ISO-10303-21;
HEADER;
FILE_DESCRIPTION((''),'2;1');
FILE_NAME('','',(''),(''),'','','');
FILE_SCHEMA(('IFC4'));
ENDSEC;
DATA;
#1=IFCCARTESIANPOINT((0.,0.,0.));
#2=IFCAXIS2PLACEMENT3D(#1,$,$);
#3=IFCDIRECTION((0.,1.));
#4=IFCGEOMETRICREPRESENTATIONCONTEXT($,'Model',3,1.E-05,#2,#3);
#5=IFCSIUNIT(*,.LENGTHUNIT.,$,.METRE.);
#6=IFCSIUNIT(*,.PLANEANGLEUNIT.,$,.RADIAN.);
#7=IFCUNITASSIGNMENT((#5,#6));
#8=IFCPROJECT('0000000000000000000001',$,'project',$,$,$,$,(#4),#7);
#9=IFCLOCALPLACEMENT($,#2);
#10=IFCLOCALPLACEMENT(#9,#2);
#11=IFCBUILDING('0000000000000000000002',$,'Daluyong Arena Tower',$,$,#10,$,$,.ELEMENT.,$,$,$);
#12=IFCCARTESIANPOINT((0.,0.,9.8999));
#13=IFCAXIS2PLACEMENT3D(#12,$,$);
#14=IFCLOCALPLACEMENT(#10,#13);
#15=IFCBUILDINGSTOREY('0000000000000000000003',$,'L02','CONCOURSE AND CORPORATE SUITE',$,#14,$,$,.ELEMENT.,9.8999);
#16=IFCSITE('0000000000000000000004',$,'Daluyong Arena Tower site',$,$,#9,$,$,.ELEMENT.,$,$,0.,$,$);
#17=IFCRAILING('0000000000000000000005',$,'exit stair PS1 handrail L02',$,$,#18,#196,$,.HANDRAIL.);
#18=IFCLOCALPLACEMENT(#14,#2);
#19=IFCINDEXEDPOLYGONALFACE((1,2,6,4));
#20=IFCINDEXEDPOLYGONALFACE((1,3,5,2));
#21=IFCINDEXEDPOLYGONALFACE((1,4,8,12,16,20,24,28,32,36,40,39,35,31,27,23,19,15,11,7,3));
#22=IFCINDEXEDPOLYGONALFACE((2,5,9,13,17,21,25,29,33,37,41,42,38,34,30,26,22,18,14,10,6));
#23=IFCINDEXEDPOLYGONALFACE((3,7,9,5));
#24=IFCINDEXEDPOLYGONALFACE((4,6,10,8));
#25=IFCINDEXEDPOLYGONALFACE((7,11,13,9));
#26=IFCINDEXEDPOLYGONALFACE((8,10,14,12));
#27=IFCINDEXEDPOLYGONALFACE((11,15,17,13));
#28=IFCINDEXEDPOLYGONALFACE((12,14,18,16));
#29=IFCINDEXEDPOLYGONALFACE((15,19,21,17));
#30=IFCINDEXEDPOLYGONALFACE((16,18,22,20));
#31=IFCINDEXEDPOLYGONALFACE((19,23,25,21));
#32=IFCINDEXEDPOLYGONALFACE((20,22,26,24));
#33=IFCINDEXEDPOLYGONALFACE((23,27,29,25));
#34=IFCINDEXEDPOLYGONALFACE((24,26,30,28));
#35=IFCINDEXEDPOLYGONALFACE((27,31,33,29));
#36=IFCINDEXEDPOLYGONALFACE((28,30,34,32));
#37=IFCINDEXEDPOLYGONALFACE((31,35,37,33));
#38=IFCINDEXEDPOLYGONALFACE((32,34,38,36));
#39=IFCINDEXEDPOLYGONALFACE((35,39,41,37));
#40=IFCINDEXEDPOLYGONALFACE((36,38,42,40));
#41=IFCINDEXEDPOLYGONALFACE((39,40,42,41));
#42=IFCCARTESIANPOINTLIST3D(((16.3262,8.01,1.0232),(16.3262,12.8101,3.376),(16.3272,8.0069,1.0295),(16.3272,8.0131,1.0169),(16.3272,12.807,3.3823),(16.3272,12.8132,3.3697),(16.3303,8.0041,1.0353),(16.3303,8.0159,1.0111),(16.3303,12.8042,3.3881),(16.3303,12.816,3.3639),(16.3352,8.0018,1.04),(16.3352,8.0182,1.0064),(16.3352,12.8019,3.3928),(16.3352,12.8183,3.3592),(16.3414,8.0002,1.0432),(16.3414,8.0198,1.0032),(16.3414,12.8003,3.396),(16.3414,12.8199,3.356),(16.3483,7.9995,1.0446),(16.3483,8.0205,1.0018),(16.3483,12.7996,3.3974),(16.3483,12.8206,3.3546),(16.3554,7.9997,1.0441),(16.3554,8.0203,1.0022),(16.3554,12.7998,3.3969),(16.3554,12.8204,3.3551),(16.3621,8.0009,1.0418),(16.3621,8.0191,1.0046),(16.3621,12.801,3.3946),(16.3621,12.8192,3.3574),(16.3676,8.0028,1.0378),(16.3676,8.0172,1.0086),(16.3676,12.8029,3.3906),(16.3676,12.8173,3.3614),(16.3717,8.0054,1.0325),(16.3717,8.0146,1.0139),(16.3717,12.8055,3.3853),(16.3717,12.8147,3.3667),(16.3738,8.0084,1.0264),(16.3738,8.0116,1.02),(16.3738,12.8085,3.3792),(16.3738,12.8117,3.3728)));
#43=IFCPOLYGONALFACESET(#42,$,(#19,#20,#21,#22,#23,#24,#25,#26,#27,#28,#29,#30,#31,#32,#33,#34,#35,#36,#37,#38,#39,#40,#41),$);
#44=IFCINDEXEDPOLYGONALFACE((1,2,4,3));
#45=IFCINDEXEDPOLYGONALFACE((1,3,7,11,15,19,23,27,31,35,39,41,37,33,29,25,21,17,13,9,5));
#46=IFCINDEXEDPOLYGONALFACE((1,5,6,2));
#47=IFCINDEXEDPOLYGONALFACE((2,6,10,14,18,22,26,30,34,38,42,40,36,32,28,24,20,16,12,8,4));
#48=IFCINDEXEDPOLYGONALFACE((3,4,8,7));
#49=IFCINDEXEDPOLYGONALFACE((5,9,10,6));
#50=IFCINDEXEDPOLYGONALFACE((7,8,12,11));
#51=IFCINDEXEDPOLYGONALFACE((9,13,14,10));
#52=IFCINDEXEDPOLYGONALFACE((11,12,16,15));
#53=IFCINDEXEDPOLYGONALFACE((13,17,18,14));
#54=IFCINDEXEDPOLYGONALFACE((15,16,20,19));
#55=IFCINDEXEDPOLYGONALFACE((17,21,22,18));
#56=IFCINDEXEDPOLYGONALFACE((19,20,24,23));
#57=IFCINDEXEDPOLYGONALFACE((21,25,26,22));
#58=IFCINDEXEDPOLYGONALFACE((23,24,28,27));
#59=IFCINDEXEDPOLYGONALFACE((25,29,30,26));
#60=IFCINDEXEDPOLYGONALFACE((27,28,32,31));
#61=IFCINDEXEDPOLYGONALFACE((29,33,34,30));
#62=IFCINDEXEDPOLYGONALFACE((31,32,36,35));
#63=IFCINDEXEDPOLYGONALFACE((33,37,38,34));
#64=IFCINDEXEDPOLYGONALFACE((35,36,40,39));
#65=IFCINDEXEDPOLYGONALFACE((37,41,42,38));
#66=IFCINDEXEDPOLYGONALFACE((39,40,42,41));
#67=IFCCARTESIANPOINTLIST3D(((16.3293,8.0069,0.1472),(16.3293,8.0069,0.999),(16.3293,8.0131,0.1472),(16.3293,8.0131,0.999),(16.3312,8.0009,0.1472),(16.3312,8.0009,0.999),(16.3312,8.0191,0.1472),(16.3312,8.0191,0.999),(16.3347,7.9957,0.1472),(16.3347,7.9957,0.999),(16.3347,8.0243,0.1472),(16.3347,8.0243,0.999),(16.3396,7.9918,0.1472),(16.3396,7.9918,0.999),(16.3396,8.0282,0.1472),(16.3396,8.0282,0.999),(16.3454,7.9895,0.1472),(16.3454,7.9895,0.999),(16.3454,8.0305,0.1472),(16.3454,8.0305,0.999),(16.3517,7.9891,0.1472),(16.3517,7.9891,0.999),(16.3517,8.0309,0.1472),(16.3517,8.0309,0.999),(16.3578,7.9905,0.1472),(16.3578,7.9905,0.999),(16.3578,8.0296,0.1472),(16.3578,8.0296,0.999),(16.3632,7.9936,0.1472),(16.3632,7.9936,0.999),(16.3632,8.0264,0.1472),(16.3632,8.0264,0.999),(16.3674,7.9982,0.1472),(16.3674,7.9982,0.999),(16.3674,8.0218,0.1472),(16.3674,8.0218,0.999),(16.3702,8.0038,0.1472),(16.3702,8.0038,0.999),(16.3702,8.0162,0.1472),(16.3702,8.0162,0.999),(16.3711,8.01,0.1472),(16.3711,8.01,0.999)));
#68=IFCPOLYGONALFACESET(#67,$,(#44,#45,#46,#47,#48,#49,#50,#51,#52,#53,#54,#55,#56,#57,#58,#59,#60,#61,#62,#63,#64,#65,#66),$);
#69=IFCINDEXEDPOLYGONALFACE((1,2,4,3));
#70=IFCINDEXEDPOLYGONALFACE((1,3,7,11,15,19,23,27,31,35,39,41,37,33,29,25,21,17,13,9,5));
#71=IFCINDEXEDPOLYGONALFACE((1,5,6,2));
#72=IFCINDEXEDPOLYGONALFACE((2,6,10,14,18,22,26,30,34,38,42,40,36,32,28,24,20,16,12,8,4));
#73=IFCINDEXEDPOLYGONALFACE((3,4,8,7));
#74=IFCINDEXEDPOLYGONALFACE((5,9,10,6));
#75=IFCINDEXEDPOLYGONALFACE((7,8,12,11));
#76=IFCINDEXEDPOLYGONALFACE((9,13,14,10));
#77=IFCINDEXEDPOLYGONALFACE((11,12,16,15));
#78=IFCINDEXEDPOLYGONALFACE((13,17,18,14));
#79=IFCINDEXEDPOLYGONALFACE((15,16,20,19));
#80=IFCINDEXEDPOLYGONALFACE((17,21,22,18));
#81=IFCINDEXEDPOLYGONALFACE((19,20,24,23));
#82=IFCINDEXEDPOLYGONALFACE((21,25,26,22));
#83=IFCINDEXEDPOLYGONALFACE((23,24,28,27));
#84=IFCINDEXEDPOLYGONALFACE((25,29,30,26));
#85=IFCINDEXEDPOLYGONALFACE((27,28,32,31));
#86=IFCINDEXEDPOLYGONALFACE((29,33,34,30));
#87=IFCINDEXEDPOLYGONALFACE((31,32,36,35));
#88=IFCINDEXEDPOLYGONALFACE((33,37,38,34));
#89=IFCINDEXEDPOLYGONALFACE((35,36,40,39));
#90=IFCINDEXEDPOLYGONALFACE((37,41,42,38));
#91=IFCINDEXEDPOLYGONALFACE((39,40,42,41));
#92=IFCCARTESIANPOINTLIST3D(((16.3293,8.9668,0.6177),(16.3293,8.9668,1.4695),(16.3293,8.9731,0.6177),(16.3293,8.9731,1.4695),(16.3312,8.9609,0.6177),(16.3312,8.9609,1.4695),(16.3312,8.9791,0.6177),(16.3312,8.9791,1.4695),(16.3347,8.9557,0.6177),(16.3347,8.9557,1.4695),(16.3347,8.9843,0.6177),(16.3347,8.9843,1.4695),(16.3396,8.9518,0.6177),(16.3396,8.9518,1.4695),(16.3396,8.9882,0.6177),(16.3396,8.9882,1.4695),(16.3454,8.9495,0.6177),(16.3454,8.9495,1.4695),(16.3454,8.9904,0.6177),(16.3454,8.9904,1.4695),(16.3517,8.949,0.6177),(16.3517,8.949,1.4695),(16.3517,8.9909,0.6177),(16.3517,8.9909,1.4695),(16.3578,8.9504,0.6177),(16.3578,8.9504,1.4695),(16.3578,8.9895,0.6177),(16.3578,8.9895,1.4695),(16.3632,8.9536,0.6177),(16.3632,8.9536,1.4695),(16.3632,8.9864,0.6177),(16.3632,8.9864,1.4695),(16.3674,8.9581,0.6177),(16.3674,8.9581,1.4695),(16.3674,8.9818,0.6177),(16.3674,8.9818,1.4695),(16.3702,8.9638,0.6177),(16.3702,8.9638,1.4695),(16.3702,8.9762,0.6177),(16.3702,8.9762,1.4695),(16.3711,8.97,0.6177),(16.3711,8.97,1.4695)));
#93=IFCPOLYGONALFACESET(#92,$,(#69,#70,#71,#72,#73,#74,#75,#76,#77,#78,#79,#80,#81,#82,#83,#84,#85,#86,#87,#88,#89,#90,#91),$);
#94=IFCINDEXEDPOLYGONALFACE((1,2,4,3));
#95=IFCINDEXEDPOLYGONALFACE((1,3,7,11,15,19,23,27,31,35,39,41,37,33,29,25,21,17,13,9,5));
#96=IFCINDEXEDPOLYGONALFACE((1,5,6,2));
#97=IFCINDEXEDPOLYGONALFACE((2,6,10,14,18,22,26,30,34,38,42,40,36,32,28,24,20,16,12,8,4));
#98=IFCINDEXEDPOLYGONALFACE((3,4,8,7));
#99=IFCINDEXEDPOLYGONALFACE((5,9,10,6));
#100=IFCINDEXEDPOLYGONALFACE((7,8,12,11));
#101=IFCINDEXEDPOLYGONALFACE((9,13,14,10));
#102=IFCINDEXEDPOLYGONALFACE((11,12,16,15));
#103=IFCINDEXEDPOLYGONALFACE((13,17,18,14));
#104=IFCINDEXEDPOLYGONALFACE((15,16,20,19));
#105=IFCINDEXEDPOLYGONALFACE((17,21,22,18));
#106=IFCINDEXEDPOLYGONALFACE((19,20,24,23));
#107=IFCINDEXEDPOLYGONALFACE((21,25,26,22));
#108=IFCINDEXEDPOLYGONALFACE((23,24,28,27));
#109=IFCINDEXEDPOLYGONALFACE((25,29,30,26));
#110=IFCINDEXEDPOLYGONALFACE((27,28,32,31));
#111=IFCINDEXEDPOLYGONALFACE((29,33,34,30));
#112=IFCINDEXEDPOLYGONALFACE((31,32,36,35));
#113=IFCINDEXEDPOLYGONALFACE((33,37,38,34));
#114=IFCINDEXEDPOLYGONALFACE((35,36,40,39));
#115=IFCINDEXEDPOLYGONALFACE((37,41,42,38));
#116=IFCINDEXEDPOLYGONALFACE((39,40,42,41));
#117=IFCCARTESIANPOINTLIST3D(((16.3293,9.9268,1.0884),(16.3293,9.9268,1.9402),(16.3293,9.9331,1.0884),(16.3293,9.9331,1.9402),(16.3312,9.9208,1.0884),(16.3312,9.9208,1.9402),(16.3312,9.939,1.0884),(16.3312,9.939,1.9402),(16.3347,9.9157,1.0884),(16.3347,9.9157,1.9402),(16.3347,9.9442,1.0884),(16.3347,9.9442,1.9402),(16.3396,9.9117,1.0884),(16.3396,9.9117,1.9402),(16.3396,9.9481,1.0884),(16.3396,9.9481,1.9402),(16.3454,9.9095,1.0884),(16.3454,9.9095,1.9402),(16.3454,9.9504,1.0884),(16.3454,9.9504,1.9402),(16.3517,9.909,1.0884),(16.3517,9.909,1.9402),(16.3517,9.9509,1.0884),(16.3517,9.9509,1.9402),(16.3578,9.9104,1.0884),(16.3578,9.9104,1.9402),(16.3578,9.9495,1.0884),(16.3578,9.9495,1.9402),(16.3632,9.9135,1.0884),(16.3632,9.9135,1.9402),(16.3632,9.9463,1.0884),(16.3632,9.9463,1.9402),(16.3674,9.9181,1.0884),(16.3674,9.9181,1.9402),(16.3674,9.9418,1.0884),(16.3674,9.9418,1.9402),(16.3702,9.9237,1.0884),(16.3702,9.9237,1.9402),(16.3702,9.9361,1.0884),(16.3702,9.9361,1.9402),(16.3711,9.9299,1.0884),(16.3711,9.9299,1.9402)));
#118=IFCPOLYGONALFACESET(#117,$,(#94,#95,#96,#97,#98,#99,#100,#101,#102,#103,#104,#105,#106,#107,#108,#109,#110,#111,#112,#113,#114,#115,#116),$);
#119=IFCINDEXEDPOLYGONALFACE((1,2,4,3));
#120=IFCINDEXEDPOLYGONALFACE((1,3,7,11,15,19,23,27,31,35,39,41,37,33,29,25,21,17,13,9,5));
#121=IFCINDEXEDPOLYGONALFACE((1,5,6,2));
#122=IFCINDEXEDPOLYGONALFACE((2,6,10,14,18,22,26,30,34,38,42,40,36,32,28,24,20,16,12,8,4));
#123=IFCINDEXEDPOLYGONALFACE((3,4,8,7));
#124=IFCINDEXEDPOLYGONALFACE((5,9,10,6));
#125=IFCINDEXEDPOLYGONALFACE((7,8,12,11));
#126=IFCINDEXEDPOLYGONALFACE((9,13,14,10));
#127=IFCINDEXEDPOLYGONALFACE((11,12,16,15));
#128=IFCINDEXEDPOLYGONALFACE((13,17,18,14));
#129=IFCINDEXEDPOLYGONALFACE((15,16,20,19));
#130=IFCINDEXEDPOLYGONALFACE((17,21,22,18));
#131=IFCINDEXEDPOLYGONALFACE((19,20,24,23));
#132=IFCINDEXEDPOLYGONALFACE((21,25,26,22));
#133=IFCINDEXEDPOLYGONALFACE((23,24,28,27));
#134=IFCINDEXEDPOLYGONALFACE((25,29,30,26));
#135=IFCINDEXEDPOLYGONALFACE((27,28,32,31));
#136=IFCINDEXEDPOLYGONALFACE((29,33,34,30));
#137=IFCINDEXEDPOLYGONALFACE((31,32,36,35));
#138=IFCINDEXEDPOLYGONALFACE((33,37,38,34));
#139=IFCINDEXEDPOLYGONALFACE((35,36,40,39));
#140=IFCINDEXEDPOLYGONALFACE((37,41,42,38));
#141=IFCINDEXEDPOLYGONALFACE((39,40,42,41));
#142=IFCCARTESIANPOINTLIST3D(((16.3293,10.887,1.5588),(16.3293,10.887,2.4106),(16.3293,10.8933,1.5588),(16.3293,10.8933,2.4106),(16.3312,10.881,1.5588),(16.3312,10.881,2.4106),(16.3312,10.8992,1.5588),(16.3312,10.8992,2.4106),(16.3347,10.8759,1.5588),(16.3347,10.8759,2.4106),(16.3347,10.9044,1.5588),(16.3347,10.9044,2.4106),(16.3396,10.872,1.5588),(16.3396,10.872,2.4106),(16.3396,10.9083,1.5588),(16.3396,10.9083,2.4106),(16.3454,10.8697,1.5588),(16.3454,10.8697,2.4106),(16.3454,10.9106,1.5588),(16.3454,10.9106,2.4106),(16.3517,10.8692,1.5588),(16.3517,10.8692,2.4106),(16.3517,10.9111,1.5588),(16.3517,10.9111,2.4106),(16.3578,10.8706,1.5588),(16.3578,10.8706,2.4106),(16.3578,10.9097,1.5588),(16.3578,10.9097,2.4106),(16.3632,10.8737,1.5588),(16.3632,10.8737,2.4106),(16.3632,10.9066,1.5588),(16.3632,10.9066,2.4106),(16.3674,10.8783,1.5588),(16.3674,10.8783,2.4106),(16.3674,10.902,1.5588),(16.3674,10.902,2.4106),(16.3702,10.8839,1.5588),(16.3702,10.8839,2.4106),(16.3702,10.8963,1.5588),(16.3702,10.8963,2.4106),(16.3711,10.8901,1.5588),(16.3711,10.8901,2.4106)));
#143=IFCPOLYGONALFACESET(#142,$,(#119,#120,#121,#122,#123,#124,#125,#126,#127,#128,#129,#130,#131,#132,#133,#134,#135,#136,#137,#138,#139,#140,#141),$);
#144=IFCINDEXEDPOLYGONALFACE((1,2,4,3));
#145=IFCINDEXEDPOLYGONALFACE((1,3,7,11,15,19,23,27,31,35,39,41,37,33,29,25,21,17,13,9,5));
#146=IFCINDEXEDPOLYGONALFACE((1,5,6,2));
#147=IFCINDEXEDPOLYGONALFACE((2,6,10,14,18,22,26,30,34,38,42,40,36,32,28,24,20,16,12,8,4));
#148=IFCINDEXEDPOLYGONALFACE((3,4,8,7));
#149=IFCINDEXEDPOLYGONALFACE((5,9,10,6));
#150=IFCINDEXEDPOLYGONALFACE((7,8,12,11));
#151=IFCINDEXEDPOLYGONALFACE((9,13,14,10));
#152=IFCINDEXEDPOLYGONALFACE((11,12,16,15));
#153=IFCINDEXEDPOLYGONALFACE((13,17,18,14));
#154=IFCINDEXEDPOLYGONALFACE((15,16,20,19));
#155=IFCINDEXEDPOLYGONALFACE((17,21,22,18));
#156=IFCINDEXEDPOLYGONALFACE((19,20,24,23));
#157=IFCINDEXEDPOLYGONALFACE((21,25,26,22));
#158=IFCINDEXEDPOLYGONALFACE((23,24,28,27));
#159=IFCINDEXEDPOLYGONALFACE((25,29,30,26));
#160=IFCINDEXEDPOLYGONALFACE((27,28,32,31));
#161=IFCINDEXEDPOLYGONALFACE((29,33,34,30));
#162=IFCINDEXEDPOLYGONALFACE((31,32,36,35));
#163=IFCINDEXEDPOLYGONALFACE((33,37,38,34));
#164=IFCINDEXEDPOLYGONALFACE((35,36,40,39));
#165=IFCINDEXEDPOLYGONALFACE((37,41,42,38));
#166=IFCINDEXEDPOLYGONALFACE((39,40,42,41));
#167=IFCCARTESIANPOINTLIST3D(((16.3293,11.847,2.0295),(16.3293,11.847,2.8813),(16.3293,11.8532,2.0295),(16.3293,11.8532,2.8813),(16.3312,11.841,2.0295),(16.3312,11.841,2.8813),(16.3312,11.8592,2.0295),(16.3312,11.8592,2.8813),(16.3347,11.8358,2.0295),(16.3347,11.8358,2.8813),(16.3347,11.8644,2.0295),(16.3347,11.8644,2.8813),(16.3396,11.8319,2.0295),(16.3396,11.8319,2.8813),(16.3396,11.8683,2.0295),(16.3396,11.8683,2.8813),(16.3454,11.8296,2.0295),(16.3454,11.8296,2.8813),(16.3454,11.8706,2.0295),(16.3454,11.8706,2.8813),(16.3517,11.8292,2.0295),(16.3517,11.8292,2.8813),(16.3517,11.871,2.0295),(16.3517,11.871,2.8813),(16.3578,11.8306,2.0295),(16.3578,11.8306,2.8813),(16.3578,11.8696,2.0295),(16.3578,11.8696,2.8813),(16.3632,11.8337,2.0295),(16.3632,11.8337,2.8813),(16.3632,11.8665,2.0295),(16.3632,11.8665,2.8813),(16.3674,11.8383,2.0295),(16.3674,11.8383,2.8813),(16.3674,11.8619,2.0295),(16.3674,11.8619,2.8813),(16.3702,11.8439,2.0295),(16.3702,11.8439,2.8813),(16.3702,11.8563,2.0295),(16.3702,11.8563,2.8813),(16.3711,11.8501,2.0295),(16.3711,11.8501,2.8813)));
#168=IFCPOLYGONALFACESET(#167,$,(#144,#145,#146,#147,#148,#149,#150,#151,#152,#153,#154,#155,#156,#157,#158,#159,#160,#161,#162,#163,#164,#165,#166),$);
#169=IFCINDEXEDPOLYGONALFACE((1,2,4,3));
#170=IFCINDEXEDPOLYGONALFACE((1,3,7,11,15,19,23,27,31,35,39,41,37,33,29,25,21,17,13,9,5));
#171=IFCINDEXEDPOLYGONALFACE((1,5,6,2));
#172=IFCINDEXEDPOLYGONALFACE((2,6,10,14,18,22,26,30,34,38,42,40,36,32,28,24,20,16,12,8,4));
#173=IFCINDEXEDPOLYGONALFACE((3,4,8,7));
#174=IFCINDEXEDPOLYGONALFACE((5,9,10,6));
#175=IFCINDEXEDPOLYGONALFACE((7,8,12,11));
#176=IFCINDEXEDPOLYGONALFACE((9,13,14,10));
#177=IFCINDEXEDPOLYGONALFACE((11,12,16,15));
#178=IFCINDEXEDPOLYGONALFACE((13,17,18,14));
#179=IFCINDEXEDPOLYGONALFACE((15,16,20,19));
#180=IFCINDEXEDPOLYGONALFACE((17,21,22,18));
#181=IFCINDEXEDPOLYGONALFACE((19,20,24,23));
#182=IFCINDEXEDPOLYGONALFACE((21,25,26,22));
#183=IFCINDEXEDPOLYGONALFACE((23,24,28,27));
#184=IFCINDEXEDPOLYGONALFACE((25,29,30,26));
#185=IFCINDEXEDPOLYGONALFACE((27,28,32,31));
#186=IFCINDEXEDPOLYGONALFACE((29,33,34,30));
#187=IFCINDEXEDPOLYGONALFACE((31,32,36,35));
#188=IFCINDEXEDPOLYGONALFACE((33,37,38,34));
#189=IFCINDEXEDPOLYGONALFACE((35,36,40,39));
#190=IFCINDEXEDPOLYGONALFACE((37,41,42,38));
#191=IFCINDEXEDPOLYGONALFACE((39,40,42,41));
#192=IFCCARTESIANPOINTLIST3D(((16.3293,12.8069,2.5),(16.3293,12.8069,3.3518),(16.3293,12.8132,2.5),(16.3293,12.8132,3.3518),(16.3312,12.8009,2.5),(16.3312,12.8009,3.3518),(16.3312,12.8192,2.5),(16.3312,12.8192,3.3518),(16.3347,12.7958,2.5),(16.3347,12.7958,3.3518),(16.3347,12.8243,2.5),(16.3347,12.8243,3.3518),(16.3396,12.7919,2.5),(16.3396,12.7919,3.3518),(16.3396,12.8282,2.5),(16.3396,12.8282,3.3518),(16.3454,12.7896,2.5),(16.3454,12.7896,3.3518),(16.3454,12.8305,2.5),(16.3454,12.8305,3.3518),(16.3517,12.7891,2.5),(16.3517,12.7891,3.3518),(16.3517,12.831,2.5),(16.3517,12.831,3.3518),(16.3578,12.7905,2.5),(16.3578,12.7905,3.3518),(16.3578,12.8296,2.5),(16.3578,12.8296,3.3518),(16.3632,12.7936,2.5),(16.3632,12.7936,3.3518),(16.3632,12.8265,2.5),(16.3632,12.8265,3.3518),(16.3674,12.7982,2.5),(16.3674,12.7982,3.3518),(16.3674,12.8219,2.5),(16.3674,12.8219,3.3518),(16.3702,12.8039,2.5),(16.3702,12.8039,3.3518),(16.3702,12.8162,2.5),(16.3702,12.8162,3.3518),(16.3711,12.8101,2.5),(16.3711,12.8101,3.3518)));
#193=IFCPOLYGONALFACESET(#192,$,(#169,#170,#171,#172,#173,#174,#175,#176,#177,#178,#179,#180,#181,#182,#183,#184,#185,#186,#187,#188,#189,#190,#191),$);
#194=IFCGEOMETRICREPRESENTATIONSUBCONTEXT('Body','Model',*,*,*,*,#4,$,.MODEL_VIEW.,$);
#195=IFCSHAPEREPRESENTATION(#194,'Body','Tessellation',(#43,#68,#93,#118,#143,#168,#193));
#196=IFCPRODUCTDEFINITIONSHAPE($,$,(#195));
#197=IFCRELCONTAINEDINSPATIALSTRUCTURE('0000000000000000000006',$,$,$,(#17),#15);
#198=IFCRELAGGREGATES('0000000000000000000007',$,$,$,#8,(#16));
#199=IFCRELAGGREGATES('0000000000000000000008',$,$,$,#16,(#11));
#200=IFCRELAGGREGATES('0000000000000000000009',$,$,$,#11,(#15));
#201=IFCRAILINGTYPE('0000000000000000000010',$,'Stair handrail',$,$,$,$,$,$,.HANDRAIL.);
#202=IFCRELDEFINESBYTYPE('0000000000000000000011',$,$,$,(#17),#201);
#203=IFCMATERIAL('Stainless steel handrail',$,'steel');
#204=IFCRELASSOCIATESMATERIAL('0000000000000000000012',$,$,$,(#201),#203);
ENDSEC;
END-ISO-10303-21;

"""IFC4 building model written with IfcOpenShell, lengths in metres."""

from ifc_helpers import new_model, si_unit, direction, frame, origin, origin_2d, place, context, subcontext, project, spatial, circle, extrude, material, type_object, element, save


model = new_model("IFC4")

# Units and contexts
model_context = context("Model", 3, precision=1e-05, world=origin(), true_north=direction((0.0, 1.0)))
body_context = subcontext(model_context, "Body", "Model", "MODEL_VIEW")
ifc_project = project(units=[si_unit("LENGTHUNIT", "METRE"), si_unit("PLANEANGLEUNIT", "RADIAN")], contexts=[model_context])

# Site, building, storey
site_placement = place(None, origin())
site = spatial("IfcSite", under=ifc_project, at=site_placement, Name="Daluyong Arena Tower site", CompositionType="ELEMENT", RefElevation=0.0)
building_placement = place(site_placement, origin())
building = spatial("IfcBuilding", under=site, at=building_placement, Name="Daluyong Arena Tower", CompositionType="ELEMENT")
storey_placement = place(building_placement, frame((0.0, 0.0, 9.8999)))
storey = spatial("IfcBuildingStorey", under=building, at=storey_placement, Name="L02", Description="CONCOURSE AND CORPORATE SUITE", CompositionType="ELEMENT", Elevation=9.8999)

# Railing
ifc_material_1 = material(Name="Stainless steel handrail", Category="steel")
railing_type_1 = type_object("IfcRailingType", Name="Stair handrail", PredefinedType="HANDRAIL", material=ifc_material_1)
railing_1_placement = place(storey_placement, frame((16.3501, 8.01, 0.1472)))
element("IfcRailing", 1, at=railing_1_placement, inside=storey, type_object=railing_type_1, Name="exit stair PS1 handrail L02", PredefinedType="HANDRAIL", context=body_context, shape_type="SweptSolid", body=[
    extrude(circle(Radius=0.0239, at=origin_2d()), frame((0.0, 0.0, 0.876), z_axis=(0.0, 0.897934, 0.44013), x_axis=(-1.0, 0.0, 0.0)), (0.0, 0.0, 1.0), 5.3457),
    extrude(circle(Radius=0.021, at=origin_2d()), origin(), (0.0, 0.0, 1.0), 0.8518),
    extrude(circle(Radius=0.021, at=origin_2d()), frame((0.0, 0.96, 0.4705)), (0.0, 0.0, 1.0), 0.8518),
    extrude(circle(Radius=0.021, at=origin_2d()), frame((0.0, 1.9199, 0.9412)), (0.0, 0.0, 1.0), 0.8518),
    extrude(circle(Radius=0.021, at=origin_2d()), frame((0.0, 2.8801, 1.4116)), (0.0, 0.0, 1.0), 0.8518),
    extrude(circle(Radius=0.021, at=origin_2d()), frame((0.0, 3.8401, 1.8823)), (0.0, 0.0, 1.0), 0.8518),
    extrude(circle(Radius=0.021, at=origin_2d()), frame((0.0, 4.8, 2.3528)), (0.0, 0.0, 1.0), 0.8518),
])

save(model, "model.ifc")
